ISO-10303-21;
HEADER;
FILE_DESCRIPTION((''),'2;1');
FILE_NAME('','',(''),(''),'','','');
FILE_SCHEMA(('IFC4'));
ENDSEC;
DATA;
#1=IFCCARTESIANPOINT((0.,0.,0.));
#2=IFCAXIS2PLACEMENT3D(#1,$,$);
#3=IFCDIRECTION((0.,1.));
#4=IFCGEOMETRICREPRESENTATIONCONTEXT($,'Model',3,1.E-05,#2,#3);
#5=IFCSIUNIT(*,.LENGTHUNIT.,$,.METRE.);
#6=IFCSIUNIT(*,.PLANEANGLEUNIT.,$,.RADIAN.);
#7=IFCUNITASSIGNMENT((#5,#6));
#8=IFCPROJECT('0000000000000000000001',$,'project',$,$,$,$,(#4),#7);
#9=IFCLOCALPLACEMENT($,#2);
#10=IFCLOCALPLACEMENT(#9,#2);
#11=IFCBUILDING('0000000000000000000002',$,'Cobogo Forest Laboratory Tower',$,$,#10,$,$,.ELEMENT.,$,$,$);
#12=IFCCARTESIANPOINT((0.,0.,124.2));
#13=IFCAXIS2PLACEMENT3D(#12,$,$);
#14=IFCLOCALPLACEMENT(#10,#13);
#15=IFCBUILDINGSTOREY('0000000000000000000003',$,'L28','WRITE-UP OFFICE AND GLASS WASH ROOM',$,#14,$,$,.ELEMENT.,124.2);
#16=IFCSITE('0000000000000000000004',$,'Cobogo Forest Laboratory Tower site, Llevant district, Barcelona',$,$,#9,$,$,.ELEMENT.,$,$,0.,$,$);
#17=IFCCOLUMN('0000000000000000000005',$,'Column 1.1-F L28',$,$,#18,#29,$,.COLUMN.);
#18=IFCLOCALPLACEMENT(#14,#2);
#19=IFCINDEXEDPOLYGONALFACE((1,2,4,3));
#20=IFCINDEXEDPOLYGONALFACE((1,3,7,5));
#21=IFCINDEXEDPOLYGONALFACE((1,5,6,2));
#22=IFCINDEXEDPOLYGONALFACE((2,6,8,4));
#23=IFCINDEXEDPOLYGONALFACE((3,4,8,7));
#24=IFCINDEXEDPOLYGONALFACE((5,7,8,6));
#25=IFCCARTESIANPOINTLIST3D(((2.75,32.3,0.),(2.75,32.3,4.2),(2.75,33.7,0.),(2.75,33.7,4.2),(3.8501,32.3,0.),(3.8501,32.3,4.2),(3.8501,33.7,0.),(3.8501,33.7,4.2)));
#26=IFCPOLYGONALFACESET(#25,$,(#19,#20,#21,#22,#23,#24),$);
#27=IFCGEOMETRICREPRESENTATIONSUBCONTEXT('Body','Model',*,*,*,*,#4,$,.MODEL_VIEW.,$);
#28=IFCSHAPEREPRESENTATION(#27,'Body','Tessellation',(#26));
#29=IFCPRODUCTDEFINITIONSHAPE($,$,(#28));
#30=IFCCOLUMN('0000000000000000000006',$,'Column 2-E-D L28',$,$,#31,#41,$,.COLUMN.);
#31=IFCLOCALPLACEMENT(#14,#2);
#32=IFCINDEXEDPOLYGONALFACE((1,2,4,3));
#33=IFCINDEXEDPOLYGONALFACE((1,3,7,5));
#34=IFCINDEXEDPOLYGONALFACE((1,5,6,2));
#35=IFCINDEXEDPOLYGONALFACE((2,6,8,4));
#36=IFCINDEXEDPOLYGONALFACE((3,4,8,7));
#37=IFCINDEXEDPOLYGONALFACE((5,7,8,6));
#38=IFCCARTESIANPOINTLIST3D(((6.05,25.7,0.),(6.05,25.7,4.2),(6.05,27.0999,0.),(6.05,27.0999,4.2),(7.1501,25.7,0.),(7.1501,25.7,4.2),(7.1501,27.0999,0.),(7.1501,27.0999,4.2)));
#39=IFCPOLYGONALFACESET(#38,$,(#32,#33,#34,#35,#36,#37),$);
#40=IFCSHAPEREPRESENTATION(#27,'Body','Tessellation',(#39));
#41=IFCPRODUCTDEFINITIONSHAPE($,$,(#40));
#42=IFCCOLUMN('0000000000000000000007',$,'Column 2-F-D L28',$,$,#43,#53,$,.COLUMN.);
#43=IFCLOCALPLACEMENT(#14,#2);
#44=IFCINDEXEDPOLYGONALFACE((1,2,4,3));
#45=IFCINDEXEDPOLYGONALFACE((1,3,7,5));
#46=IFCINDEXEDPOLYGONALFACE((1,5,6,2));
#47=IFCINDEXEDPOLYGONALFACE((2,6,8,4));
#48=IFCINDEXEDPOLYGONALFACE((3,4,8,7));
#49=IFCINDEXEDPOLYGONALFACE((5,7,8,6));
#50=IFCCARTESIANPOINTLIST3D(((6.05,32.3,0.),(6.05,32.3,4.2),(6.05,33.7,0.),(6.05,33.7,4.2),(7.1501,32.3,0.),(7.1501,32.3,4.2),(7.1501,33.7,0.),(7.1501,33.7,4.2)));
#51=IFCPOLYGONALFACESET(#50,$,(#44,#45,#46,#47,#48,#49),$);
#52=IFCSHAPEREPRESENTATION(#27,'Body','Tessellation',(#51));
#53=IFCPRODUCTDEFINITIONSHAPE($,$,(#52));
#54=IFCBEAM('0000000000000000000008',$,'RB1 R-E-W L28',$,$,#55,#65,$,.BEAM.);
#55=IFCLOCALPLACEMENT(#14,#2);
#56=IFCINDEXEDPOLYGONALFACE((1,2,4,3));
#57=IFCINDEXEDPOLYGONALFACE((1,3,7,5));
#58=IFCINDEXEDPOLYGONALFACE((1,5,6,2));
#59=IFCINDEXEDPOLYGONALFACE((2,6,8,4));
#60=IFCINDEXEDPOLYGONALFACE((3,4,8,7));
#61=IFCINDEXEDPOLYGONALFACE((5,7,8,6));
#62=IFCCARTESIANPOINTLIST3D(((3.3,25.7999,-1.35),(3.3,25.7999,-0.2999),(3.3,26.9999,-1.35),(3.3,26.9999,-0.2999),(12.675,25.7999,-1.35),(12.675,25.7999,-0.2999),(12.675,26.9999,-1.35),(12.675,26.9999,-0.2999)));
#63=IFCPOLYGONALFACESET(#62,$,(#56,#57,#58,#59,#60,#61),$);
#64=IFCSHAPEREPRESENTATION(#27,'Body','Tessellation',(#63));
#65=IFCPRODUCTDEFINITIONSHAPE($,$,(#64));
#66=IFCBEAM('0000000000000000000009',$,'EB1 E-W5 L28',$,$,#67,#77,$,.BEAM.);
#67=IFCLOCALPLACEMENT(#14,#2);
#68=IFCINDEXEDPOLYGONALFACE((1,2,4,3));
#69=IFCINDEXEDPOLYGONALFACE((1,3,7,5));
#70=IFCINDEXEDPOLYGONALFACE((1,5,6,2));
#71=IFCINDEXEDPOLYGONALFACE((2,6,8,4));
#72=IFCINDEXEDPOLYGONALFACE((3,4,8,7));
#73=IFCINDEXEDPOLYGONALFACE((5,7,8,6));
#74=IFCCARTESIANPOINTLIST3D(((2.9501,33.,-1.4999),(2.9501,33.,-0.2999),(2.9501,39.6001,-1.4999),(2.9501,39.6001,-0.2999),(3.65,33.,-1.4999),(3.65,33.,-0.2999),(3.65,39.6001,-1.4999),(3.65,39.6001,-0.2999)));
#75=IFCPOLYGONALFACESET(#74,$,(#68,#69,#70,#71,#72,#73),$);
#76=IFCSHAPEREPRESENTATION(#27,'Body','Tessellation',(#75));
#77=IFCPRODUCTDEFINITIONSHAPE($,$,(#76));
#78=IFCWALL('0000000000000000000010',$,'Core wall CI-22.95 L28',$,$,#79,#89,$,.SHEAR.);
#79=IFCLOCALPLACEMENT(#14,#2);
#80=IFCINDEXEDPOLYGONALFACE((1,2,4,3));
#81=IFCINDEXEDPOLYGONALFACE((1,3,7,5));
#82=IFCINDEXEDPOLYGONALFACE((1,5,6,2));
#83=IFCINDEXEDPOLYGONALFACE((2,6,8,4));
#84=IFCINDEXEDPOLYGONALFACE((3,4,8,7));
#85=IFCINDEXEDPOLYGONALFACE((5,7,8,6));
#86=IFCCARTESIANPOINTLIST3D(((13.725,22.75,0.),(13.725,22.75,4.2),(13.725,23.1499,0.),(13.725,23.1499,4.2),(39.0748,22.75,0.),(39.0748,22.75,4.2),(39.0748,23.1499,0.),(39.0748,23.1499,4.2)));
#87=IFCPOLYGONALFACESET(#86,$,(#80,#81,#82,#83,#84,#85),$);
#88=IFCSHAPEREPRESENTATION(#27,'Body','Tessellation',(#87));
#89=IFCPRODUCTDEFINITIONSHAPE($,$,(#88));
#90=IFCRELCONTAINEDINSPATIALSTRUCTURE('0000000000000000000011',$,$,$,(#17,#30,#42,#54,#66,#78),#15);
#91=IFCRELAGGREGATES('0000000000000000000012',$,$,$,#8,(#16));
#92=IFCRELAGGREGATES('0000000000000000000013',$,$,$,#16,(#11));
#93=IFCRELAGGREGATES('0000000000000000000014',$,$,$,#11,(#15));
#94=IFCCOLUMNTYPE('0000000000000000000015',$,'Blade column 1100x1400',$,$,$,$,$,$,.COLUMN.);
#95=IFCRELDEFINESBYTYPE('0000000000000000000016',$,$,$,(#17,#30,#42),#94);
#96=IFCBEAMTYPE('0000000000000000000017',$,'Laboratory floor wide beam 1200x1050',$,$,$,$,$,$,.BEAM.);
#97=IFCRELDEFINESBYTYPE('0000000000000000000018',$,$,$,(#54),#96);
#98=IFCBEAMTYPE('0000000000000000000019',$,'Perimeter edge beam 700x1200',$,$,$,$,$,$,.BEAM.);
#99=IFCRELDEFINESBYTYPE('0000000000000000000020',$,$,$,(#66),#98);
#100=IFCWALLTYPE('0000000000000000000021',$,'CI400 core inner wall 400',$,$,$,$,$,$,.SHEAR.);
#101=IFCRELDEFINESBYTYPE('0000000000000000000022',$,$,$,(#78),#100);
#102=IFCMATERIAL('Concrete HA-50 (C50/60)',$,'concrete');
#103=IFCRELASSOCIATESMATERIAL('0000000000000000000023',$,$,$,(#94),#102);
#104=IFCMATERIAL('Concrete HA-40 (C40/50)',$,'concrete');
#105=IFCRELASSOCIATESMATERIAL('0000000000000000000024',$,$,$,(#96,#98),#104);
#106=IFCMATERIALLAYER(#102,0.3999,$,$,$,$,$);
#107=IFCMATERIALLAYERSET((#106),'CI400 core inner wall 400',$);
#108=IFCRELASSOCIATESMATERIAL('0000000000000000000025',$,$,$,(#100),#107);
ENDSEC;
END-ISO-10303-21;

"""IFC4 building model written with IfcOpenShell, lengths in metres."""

from ifc_helpers import new_model, si_unit, direction, frame, frame_2d, origin, origin_2d, place, context, subcontext, project, spatial, rectangle, extrude, material, layer, layer_set, material_profile, profile_set, type_object, element, save


model = new_model("IFC4")

# Units and contexts
model_context = context("Model", 3, precision=1e-05, world=origin(), true_north=direction((0.0, 1.0)))
body_context = subcontext(model_context, "Body", "Model", "MODEL_VIEW")
ifc_project = project(units=[si_unit("LENGTHUNIT", "METRE"), si_unit("PLANEANGLEUNIT", "RADIAN")], contexts=[model_context])

# Site, building, storey
site_placement = place(None, origin())
site = spatial("IfcSite", under=ifc_project, at=site_placement, Name="Cobogo Forest Laboratory Tower site, Llevant district, Barcelona", CompositionType="ELEMENT", RefElevation=0.0)
building_placement = place(site_placement, origin())
building = spatial("IfcBuilding", under=site, at=building_placement, Name="Cobogo Forest Laboratory Tower", CompositionType="ELEMENT")
storey_placement = place(building_placement, frame((0.0, 0.0, 124.2)))
storey = spatial("IfcBuildingStorey", under=building, at=storey_placement, Name="L28", Description="WRITE-UP OFFICE AND GLASS WASH ROOM", CompositionType="ELEMENT", Elevation=124.2)

# Columns
ifc_material_1 = material(Name="Concrete HA-50 (C50/60)", Category="concrete")
ifc_material_profile_1 = material_profile(ifc_material_1, rectangle(XDim=1.3999, YDim=1.1001, at=origin_2d()), Name="RC 1100x1400")
ifc_profile_set_1 = profile_set([ifc_material_profile_1], Name="Concrete HA-50 (C50/60)")
column_type = type_object("IfcColumnType", Name="Blade column 1100x1400", PredefinedType="COLUMN", material=ifc_profile_set_1)
for number, where, z_axis, x_axis, name in (
    (1, (3.3, 33.0, 0.0), (0.0, 0.0, 1.0), (0.0, 1.0, 0.0), "Column 1.1-F L28"),
    (2, (6.6001, 26.3999, 0.0), (0.0, 0.0, 1.0), (0.0, 1.0, 0.0), "Column 2-E-D L28"),
    (3, (6.6001, 33.0, 0.0), (0.0, 0.0, 1.0), (0.0, 1.0, 0.0), "Column 2-F-D L28"),
):
    element("IfcColumn", number, at=place(storey_placement, frame(where, z_axis=z_axis, x_axis=x_axis)), inside=storey, type_object=column_type, Name=name, PredefinedType="COLUMN", context=body_context, shape_type="SweptSolid", body=[
        extrude(rectangle(XDim=1.3999, YDim=1.1001, at=origin_2d()), origin(), (0.0, 0.0, 1.0), 4.2),
    ])

# Beams
ifc_material_2 = material(Name="Concrete HA-40 (C40/50)", Category="concrete")
ifc_material_profile_2 = material_profile(ifc_material_2, rectangle(XDim=1.2, YDim=1.05, at=origin_2d()), Name="RC 1200x1050")
ifc_profile_set_2 = profile_set([ifc_material_profile_2], Name="Concrete HA-40 (C40/50)")
beam_type_1 = type_object("IfcBeamType", Name="Laboratory floor wide beam 1200x1050", PredefinedType="BEAM", material=ifc_profile_set_2)
beam_1_placement = place(storey_placement, frame((12.675, 26.3999, -0.825), z_axis=(-1.0, 0.0, 0.0), x_axis=(0.0, -1.0, 0.0)))
element("IfcBeam", 4, at=beam_1_placement, inside=storey, type_object=beam_type_1, Name="RB1 R-E-W L28", PredefinedType="BEAM", context=body_context, shape_type="SweptSolid", body=[
    extrude(rectangle(XDim=1.2, YDim=1.05, at=origin_2d()), origin(), (0.0, 0.0, 1.0), 9.375),
])
ifc_material_profile_3 = material_profile(ifc_material_2, rectangle(XDim=0.7, YDim=1.2, at=origin_2d()), Name="RC 700x1200")
ifc_profile_set_3 = profile_set([ifc_material_profile_3], Name="Concrete HA-40 (C40/50)")
beam_type_2 = type_object("IfcBeamType", Name="Perimeter edge beam 700x1200", PredefinedType="BEAM", material=ifc_profile_set_3)
beam_2_placement = place(storey_placement, frame((3.3, 33.0, -0.8999), z_axis=(0.0, 1.0, 0.0), x_axis=(-1.0, 0.0, 0.0)))
element("IfcBeam", 5, at=beam_2_placement, inside=storey, type_object=beam_type_2, Name="EB1 E-W5 L28", PredefinedType="BEAM", context=body_context, shape_type="SweptSolid", body=[
    extrude(rectangle(XDim=0.7, YDim=1.2, at=origin_2d()), origin(), (0.0, 0.0, 1.0), 6.6001),
])

# Wall
ifc_layer_1 = layer(ifc_material_1, 0.3999)
ifc_layer_set_1 = layer_set([ifc_layer_1], Name="CI400 core inner wall 400")
wall_type_1 = type_object("IfcWallType", Name="CI400 core inner wall 400", PredefinedType="SHEAR", material=ifc_layer_set_1)
wall_1_placement = place(storey_placement, frame((13.7251, 22.95, 0.0), z_axis=(0.0, 0.0, 1.0), x_axis=(1.0, 0.0, 0.0)))
element("IfcWall", 6, at=wall_1_placement, inside=storey, type_object=wall_type_1, Name="Core wall CI-22.95 L28", PredefinedType="SHEAR", context=body_context, shape_type="SweptSolid", body=[
    extrude(rectangle(XDim=25.3499, YDim=0.3999, at=frame_2d((12.6748, 0.0))), origin(), (0.0, 0.0, 1.0), 4.2),
])

save(model, "model.ifc")
